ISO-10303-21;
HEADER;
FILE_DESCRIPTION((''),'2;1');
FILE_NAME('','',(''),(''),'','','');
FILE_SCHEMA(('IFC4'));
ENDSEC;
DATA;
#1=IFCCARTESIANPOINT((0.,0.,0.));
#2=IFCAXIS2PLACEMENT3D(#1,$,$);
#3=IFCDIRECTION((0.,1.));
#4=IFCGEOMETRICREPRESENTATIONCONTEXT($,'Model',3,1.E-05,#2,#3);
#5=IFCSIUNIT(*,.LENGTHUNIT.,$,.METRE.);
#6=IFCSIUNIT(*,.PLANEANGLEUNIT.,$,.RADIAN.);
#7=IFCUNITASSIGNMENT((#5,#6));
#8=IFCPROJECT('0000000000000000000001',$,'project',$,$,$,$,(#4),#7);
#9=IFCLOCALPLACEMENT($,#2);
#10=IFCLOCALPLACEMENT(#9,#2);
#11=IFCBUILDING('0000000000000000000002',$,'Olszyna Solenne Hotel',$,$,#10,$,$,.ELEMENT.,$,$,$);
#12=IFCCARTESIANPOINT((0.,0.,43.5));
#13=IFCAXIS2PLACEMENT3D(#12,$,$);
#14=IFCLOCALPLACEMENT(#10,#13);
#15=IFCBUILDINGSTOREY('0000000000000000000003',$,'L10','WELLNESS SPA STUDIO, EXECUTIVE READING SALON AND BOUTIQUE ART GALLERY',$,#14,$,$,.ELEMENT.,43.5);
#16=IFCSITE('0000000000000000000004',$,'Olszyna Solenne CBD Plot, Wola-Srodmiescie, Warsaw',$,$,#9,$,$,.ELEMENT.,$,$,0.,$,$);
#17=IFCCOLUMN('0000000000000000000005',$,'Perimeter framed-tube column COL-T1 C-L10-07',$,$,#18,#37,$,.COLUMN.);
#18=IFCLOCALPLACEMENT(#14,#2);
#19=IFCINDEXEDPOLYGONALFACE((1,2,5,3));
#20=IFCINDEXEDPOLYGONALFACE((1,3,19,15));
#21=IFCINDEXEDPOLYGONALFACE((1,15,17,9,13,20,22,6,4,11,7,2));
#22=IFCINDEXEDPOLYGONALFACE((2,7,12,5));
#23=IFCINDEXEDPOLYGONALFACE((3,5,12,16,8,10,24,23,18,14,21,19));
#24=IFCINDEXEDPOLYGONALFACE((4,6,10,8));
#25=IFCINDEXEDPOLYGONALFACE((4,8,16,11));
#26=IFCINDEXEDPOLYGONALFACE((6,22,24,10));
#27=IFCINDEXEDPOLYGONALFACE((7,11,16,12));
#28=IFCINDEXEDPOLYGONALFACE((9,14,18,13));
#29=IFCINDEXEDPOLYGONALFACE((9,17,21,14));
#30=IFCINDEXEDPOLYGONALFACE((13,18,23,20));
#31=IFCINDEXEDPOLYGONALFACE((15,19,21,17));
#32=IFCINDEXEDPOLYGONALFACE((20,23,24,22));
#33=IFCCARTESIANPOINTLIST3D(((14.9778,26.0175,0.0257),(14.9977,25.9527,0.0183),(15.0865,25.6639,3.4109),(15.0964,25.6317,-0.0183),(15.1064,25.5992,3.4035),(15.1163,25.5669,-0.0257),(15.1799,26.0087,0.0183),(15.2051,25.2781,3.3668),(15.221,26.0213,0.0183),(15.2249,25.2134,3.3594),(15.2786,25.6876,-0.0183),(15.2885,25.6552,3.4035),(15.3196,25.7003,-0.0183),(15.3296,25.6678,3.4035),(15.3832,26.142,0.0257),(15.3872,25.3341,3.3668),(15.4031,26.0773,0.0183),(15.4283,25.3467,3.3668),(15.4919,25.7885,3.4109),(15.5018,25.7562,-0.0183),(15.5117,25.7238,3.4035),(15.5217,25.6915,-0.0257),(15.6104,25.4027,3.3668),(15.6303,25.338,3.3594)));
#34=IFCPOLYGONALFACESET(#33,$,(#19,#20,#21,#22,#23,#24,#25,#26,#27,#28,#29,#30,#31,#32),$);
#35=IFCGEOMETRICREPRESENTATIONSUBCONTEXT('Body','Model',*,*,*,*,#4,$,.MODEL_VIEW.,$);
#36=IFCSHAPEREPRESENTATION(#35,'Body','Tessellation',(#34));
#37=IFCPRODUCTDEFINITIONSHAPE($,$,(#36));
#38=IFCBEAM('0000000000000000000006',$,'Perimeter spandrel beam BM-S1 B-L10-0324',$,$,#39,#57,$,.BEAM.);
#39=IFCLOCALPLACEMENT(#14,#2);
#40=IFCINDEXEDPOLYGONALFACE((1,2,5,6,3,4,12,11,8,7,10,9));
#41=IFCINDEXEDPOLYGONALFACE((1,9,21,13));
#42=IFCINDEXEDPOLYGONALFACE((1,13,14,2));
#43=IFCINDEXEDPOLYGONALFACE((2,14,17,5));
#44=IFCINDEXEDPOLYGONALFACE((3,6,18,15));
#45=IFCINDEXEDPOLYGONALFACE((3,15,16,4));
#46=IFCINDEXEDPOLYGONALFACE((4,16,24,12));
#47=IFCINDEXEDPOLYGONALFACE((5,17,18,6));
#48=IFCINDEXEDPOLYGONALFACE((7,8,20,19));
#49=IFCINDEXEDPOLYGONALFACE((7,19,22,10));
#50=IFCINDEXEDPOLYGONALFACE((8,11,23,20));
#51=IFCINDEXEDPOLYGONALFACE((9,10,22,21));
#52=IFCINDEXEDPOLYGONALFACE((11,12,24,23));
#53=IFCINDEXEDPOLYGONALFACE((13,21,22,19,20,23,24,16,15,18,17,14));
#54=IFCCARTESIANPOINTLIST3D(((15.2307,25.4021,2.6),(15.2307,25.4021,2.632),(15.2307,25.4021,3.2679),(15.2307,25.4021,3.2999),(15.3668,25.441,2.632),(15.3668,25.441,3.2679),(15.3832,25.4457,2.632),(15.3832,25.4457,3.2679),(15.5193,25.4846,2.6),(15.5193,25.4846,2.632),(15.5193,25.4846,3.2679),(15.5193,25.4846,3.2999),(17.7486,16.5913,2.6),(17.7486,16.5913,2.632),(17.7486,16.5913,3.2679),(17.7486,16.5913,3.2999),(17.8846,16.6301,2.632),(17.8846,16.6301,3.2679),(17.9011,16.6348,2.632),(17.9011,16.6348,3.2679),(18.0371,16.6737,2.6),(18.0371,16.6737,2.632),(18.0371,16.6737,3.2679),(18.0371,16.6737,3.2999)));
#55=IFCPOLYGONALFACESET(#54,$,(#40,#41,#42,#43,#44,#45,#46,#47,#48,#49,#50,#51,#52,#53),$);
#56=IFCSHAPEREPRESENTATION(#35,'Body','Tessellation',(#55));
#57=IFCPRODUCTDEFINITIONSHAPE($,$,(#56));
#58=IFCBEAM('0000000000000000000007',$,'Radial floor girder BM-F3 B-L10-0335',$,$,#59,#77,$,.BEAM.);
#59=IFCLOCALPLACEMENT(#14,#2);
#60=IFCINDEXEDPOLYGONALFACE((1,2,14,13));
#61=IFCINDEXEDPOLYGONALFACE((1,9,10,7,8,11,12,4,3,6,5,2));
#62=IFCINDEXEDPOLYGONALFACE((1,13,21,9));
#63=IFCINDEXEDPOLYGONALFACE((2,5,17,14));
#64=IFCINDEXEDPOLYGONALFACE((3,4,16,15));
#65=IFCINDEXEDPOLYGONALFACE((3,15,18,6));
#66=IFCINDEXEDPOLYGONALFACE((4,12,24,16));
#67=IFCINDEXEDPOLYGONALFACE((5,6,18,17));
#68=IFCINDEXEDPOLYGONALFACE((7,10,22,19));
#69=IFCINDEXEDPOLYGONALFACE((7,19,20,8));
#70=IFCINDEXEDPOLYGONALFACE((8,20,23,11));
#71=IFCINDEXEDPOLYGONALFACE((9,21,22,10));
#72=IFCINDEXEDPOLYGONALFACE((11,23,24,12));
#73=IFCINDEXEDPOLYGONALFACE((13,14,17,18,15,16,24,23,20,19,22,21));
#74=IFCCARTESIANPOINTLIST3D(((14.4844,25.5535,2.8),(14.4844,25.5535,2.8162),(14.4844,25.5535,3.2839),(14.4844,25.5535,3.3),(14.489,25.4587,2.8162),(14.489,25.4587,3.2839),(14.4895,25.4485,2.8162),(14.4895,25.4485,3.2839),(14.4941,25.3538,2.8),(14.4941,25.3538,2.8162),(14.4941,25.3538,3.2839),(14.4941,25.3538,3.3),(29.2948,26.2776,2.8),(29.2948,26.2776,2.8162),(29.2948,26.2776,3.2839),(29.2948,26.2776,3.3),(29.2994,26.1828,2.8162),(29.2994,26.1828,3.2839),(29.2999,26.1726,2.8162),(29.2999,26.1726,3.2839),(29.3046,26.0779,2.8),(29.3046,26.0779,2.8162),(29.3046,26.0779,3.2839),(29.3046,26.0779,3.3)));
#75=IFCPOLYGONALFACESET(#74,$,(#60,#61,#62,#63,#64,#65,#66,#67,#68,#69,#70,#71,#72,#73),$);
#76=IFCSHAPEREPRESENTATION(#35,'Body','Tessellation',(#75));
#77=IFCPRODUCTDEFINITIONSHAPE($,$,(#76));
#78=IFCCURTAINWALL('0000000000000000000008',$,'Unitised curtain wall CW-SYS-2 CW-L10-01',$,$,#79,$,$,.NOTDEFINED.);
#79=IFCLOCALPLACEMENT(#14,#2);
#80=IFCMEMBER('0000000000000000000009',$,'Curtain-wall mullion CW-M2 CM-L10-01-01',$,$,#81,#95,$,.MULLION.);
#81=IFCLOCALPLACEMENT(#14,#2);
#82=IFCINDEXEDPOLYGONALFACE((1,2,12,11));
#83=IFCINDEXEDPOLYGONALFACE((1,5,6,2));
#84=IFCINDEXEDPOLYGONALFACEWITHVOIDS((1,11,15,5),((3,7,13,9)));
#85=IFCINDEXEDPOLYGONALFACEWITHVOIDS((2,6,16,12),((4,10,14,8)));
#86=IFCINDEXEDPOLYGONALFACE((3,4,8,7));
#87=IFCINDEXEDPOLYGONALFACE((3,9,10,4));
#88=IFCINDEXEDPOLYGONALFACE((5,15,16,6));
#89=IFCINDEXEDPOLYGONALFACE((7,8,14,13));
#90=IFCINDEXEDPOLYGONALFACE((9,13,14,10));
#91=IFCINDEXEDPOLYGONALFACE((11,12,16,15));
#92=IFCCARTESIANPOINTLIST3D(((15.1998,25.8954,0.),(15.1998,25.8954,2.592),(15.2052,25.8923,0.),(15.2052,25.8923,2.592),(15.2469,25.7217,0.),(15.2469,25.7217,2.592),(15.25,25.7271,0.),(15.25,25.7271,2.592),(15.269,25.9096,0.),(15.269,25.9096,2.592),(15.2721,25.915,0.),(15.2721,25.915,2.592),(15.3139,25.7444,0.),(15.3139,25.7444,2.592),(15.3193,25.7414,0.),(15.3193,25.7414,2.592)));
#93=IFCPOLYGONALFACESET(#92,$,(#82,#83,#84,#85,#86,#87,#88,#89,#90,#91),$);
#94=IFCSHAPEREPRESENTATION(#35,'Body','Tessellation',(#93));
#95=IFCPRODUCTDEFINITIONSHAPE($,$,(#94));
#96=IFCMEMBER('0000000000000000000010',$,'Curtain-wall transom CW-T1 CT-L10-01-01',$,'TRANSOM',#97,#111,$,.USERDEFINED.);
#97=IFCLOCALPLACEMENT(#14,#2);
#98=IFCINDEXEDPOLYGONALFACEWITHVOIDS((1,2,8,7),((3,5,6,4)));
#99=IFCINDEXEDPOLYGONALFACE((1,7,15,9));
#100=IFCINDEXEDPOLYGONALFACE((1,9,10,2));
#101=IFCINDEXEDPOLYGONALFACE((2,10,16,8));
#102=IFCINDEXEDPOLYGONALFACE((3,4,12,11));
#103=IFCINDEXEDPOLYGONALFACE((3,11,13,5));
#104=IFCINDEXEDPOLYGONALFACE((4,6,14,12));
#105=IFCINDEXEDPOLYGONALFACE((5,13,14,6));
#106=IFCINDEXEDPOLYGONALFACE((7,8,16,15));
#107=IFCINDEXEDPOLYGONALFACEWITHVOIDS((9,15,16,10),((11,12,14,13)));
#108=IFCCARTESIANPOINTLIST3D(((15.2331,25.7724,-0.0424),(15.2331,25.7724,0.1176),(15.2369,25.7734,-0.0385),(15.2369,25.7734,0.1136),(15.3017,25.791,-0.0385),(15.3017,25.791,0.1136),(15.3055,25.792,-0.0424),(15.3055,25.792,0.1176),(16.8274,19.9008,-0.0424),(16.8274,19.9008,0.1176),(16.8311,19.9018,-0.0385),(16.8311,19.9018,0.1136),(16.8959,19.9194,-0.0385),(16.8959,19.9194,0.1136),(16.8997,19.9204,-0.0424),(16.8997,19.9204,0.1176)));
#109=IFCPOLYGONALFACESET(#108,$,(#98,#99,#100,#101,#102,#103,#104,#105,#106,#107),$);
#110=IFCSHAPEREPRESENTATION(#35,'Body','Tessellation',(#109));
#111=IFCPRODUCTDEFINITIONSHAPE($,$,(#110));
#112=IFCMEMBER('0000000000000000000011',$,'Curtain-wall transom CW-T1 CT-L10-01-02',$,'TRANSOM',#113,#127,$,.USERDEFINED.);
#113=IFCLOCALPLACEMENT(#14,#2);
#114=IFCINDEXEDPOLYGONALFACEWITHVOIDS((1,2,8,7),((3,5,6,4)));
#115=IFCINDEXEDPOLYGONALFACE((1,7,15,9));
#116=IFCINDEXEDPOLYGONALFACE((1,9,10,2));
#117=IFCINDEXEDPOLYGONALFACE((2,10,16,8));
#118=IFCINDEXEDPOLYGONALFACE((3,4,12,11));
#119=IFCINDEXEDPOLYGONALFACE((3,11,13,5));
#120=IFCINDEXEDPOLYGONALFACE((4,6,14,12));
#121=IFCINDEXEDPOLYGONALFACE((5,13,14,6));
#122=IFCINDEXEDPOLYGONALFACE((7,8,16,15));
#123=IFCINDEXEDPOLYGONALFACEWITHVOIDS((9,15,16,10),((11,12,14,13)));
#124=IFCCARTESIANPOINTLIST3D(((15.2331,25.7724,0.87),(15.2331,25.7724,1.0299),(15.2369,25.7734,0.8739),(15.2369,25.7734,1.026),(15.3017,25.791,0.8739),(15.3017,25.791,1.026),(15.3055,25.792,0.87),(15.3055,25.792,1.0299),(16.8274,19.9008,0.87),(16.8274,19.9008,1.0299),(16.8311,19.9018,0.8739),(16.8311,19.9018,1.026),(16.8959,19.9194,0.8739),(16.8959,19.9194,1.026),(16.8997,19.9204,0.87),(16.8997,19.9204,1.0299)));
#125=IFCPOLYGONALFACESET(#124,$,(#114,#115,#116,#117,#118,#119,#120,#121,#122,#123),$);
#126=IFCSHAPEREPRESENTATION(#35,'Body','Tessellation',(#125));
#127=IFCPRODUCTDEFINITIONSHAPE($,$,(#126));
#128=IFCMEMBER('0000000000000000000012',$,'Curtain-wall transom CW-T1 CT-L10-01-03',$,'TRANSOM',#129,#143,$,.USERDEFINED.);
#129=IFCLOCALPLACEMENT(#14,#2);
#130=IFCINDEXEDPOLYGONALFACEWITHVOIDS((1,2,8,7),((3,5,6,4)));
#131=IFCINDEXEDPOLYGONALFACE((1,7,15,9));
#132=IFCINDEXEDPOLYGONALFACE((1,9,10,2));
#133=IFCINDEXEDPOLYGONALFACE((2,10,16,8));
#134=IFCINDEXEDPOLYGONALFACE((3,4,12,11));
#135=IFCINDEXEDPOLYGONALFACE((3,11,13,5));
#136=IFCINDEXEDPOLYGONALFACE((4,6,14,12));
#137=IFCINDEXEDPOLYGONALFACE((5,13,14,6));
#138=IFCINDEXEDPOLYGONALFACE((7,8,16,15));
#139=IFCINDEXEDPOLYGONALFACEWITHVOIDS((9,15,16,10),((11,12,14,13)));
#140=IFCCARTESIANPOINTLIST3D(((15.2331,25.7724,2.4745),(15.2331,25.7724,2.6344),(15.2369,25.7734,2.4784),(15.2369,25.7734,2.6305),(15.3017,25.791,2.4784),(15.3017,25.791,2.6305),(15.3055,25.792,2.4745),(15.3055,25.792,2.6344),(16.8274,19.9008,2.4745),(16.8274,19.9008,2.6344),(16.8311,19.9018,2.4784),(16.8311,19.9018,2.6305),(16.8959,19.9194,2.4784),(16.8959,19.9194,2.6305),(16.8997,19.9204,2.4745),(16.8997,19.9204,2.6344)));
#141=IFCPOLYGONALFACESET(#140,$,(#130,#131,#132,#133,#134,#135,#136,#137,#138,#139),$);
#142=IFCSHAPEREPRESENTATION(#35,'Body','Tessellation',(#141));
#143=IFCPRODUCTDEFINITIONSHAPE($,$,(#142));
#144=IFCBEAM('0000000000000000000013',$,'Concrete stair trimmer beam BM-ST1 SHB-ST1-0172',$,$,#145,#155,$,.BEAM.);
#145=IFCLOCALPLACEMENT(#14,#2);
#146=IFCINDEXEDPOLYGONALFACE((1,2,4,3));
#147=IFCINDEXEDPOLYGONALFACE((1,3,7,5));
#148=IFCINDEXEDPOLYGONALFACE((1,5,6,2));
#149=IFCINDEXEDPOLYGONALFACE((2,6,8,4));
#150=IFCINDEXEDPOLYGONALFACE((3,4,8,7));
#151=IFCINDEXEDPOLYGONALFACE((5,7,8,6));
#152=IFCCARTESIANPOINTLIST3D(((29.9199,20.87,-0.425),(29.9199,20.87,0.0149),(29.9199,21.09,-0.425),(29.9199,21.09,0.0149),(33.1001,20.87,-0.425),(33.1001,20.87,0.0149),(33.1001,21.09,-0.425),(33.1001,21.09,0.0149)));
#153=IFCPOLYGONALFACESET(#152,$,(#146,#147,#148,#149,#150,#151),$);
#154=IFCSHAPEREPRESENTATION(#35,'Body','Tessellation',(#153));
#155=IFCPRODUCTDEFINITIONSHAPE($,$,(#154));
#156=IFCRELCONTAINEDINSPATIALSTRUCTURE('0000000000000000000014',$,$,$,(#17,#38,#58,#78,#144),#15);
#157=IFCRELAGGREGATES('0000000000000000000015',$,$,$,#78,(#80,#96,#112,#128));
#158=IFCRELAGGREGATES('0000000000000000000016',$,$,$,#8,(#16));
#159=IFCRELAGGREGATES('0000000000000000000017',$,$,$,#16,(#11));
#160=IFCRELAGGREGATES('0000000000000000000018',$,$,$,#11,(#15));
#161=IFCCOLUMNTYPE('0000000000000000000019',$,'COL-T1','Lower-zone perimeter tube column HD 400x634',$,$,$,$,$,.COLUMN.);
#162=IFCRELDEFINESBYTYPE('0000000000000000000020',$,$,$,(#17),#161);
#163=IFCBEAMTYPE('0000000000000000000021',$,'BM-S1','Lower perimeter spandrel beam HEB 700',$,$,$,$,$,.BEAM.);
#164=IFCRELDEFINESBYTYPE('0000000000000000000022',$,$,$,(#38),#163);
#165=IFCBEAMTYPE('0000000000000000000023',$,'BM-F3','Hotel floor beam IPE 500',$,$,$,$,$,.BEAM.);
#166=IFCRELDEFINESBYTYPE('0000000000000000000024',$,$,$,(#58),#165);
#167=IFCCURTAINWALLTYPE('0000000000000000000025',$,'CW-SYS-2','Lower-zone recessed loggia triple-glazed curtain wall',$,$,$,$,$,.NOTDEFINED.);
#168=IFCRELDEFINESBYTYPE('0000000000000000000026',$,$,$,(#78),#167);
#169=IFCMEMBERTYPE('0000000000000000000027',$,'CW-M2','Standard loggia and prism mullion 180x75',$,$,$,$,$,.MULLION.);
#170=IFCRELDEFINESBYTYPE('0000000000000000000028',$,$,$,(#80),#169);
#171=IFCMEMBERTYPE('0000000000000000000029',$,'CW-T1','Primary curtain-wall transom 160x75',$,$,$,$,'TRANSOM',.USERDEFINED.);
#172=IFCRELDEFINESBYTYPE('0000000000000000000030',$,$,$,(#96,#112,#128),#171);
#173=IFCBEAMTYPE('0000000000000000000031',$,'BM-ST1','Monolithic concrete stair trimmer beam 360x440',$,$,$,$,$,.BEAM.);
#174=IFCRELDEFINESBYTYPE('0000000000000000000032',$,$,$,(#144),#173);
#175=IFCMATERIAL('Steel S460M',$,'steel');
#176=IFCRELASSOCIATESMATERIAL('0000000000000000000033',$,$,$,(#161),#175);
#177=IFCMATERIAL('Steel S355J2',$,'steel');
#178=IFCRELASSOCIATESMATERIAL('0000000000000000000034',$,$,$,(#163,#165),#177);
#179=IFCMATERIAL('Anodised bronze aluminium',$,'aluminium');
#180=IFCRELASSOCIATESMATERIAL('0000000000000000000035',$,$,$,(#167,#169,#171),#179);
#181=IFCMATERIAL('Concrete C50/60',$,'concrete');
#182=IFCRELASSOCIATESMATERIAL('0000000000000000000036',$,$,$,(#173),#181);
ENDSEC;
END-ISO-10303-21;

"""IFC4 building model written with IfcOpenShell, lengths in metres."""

from ifc_helpers import new_model, si_unit, direction, frame, origin, origin_2d, place, context, subcontext, project, spatial, rectangle, hollow_rectangle, i_section, extrude, source, transform, mapped, material, material_profile, profile_set, type_object, element, aggregate, save


model = new_model("IFC4")

# Units and contexts
model_context = context("Model", 3, precision=1e-05, world=origin(), true_north=direction((0.0, 1.0)))
body_context = subcontext(model_context, "Body", "Model", "MODEL_VIEW")
ifc_project = project(units=[si_unit("LENGTHUNIT", "METRE"), si_unit("PLANEANGLEUNIT", "RADIAN")], contexts=[model_context])

# Site, building, storey
site_placement = place(None, origin())
site = spatial("IfcSite", under=ifc_project, at=site_placement, Name="Olszyna Solenne CBD Plot, Wola-Srodmiescie, Warsaw", CompositionType="ELEMENT", RefElevation=0.0)
building_placement = place(site_placement, origin())
building = spatial("IfcBuilding", under=site, at=building_placement, Name="Olszyna Solenne Hotel", CompositionType="ELEMENT")
storey_placement = place(building_placement, frame((0.0, 0.0, 43.5)))
storey = spatial("IfcBuildingStorey", under=building, at=storey_placement, Name="L10", Description="WELLNESS SPA STUDIO, EXECUTIVE READING SALON AND BOUTIQUE ART GALLERY", CompositionType="ELEMENT", Elevation=43.5)

# Column
ifc_material_1 = material(Name="Steel S460M", Category="steel")
ifc_material_profile_1 = material_profile(ifc_material_1, i_section(OverallWidth=0.4241, OverallDepth=0.4741, WebThickness=0.043, FlangeThickness=0.0681, at=origin_2d()), Name="HD 400x634", Category="load-bearing")
ifc_profile_set_1 = profile_set([ifc_material_profile_1], Name="Steel S460M")
column_type = type_object("IfcColumnType", Name="COL-T1", Description="Lower-zone perimeter tube column HD 400x634", PredefinedType="COLUMN", material=ifc_profile_set_1)
shared_shape_1 = source(origin(), body_context, "Body", "SweptSolid", [
    extrude(i_section(OverallWidth=0.4241, OverallDepth=0.4741, WebThickness=0.043, FlangeThickness=0.0681, at=origin_2d()), origin(), (0.0, 0.0, 1.0), 3.4053),
])
column_placement = place(storey_placement, frame((15.2498, 25.8545, 0.0), z_axis=(0.031905, -0.103818, 0.994084), x_axis=(0.955879, 0.293761, 0.0)))
element("IfcColumn", 1, at=column_placement, inside=storey, type_object=column_type, Name="Perimeter framed-tube column COL-T1 C-L10-07", PredefinedType="COLUMN", context=body_context, shape_type="MappedRepresentation", body=[
    mapped(shared_shape_1, transform((0.0, 0.0, 0.0), x_axis=(1.0, 0.0, 0.0), y_axis=(0.0, 1.0, 0.0), z_axis=(0.0, 0.0, 1.0), scale=1.0)),
])

# Beams
ifc_material_2 = material(Name="Steel S355J2", Category="steel")
ifc_material_profile_2 = material_profile(ifc_material_2, i_section(OverallWidth=0.3, OverallDepth=0.7, WebThickness=0.0171, FlangeThickness=0.032, at=origin_2d()), Name="HEB 700", Category="load-bearing")
ifc_profile_set_2 = profile_set([ifc_material_profile_2], Name="Steel S355J2")
beam_type_1 = type_object("IfcBeamType", Name="BM-S1", Description="Lower perimeter spandrel beam HEB 700", PredefinedType="BEAM", material=ifc_profile_set_2)
shared_shape_2 = source(origin(), body_context, "Body", "SweptSolid", [
    extrude(i_section(OverallWidth=0.3, OverallDepth=0.7, WebThickness=0.0171, FlangeThickness=0.032, at=origin_2d()), origin(), (0.0, 0.0, 1.0), 9.1636),
])
beam_1_placement = place(storey_placement, frame((15.375, 25.4434, 2.95), z_axis=(0.274767, -0.961511, 0.0), x_axis=(0.961511, 0.274767, 0.0)))
element("IfcBeam", 2, at=beam_1_placement, inside=storey, type_object=beam_type_1, Name="Perimeter spandrel beam BM-S1 B-L10-0324", PredefinedType="BEAM", context=body_context, shape_type="MappedRepresentation", body=[
    mapped(shared_shape_2, transform((0.0, 0.0, 0.0), x_axis=(1.0, 0.0, 0.0), y_axis=(0.0, 1.0, 0.0), z_axis=(0.0, 0.0, 1.0), scale=1.0)),
])
ifc_material_profile_3 = material_profile(ifc_material_2, i_section(OverallWidth=0.2, OverallDepth=0.5, WebThickness=0.0103, FlangeThickness=0.0161, at=origin_2d()), Name="IPE 500", Category="load-bearing")
ifc_profile_set_3 = profile_set([ifc_material_profile_3], Name="Steel S355J2")
beam_type_2 = type_object("IfcBeamType", Name="BM-F3", Description="Hotel floor beam IPE 500", PredefinedType="BEAM", material=ifc_profile_set_3)
shared_shape_3 = source(origin(), body_context, "Body", "SweptSolid", [
    extrude(i_section(OverallWidth=0.2, OverallDepth=0.5, WebThickness=0.0103, FlangeThickness=0.0161, at=origin_2d()), origin(), (0.0, 0.0, 1.0), 14.8281),
])
beam_2_placement = place(storey_placement, frame((14.4893, 25.4536, 3.05), z_axis=(0.998807, 0.048834, 0.0), x_axis=(-0.048834, 0.998807, 0.0)))
element("IfcBeam", 3, at=beam_2_placement, inside=storey, type_object=beam_type_2, Name="Radial floor girder BM-F3 B-L10-0335", PredefinedType="BEAM", context=body_context, shape_type="MappedRepresentation", body=[
    mapped(shared_shape_3, transform((0.0, 0.0, 0.0), x_axis=(1.0, 0.0, 0.0), y_axis=(0.0, 1.0, 0.0), z_axis=(0.0, 0.0, 1.0), scale=1.0)),
])

# Curtain wall, members
ifc_material_3 = material(Name="Anodised bronze aluminium", Category="aluminium")
curtain_wall_type = type_object("IfcCurtainWallType", Name="CW-SYS-2", Description="Lower-zone recessed loggia triple-glazed curtain wall", PredefinedType="NOTDEFINED", material=ifc_material_3)
curtain_wall_placement = place(storey_placement, origin())
curtain_wall = element("IfcCurtainWall", 4, at=curtain_wall_placement, inside=storey, type_object=curtain_wall_type, Name="Unitised curtain wall CW-SYS-2 CW-L10-01", PredefinedType="NOTDEFINED")
ifc_material_profile_4 = material_profile(ifc_material_3, hollow_rectangle(XDim=0.075, YDim=0.1799, WallThickness=0.0044, at=origin_2d()), Name="MULL 180x75x4.5", Category="load-bearing")
ifc_profile_set_4 = profile_set([ifc_material_profile_4], Name="Anodised bronze aluminium")
member_type_1 = type_object("IfcMemberType", Name="CW-M2", Description="Standard loggia and prism mullion 180x75", PredefinedType="MULLION", material=ifc_profile_set_4)
shared_shape_4 = source(origin(), body_context, "Body", "SweptSolid", [
    extrude(hollow_rectangle(XDim=0.075, YDim=0.1799, WallThickness=0.0044, at=origin_2d()), origin(), (0.0, 0.0, 1.0), 2.592),
])
member_1_placement = place(storey_placement, frame((15.2595, 25.8184, 0.0), z_axis=(0.0, 0.0, 1.0), x_axis=(0.965058, 0.262038, 0.0)))
member_1 = element("IfcMember", 5, at=member_1_placement, type_object=member_type_1, Name="Curtain-wall mullion CW-M2 CM-L10-01-01", PredefinedType="MULLION", context=body_context, shape_type="MappedRepresentation", body=[
    mapped(shared_shape_4, transform((0.0, 0.0, 0.0), x_axis=(1.0, 0.0, 0.0), y_axis=(0.0, 1.0, 0.0), z_axis=(0.0, 0.0, 1.0), scale=1.0)),
])
ifc_material_profile_5 = material_profile(ifc_material_3, hollow_rectangle(XDim=0.075, YDim=0.1599, WallThickness=0.0039, at=origin_2d()), Name="TRAN 160x75x4", Category="load-bearing")
ifc_profile_set_5 = profile_set([ifc_material_profile_5], Name="Anodised bronze aluminium")
member_type_2 = type_object("IfcMemberType", Name="CW-T1", Description="Primary curtain-wall transom 160x75", ElementType="TRANSOM", PredefinedType="USERDEFINED", material=ifc_profile_set_5)
shared_shape_5 = source(origin(), body_context, "Body", "SweptSolid", [
    extrude(hollow_rectangle(XDim=0.075, YDim=0.1599, WallThickness=0.0039, at=origin_2d()), origin(), (0.0, 0.0, 1.0), 6.0842),
])
member_2_placement = place(storey_placement, frame((15.2693, 25.7822, 0.0376), z_axis=(0.262031, -0.96506, 0.0), x_axis=(0.96506, 0.262031, 0.0)))
member_2 = element("IfcMember", 6, at=member_2_placement, type_object=member_type_2, Name="Curtain-wall transom CW-T1 CT-L10-01-01", ObjectType="TRANSOM", PredefinedType="USERDEFINED", context=body_context, shape_type="MappedRepresentation", body=[
    mapped(shared_shape_5, transform((0.0, 0.0, 0.0), x_axis=(1.0, 0.0, 0.0), y_axis=(0.0, 1.0, 0.0), z_axis=(0.0, 0.0, 1.0), scale=1.0)),
])
member_3_placement = place(storey_placement, frame((15.2693, 25.7822, 0.95), z_axis=(0.262031, -0.96506, 0.0), x_axis=(0.96506, 0.262031, 0.0)))
member_3 = element("IfcMember", 7, at=member_3_placement, type_object=member_type_2, Name="Curtain-wall transom CW-T1 CT-L10-01-02", ObjectType="TRANSOM", PredefinedType="USERDEFINED", context=body_context, shape_type="MappedRepresentation", body=[
    mapped(shared_shape_5, transform((0.0, 0.0, 0.0), x_axis=(1.0, 0.0, 0.0), y_axis=(0.0, 1.0, 0.0), z_axis=(0.0, 0.0, 1.0), scale=1.0)),
])
member_4_placement = place(storey_placement, frame((15.2693, 25.7822, 2.5544), z_axis=(0.262031, -0.96506, 0.0), x_axis=(0.96506, 0.262031, 0.0)))
member_4 = element("IfcMember", 8, at=member_4_placement, type_object=member_type_2, Name="Curtain-wall transom CW-T1 CT-L10-01-03", ObjectType="TRANSOM", PredefinedType="USERDEFINED", context=body_context, shape_type="MappedRepresentation", body=[
    mapped(shared_shape_5, transform((0.0, 0.0, 0.0), x_axis=(1.0, 0.0, 0.0), y_axis=(0.0, 1.0, 0.0), z_axis=(0.0, 0.0, 1.0), scale=1.0)),
])

# Beam
ifc_material_4 = material(Name="Concrete C50/60", Category="concrete")
ifc_material_profile_6 = material_profile(ifc_material_4, rectangle(XDim=0.22, YDim=0.4399, at=origin_2d()), Name="RC 220x440", Category="load-bearing")
ifc_profile_set_6 = profile_set([ifc_material_profile_6], Name="Concrete C50/60")
beam_type_3 = type_object("IfcBeamType", Name="BM-ST1", Description="Monolithic concrete stair trimmer beam 360x440", PredefinedType="BEAM", material=ifc_profile_set_6)
shared_shape_6 = source(origin(), body_context, "Body", "SweptSolid", [
    extrude(rectangle(XDim=0.22, YDim=0.4399, at=origin_2d()), origin(), (0.0, 0.0, 1.0), 3.1802),
])
beam_3_placement = place(storey_placement, frame((33.1001, 20.98, -0.2051), z_axis=(-1.0, 0.0, 0.0), x_axis=(0.0, -1.0, 0.0)))
element("IfcBeam", 9, at=beam_3_placement, inside=storey, type_object=beam_type_3, Name="Concrete stair trimmer beam BM-ST1 SHB-ST1-0172", PredefinedType="BEAM", context=body_context, shape_type="MappedRepresentation", body=[
    mapped(shared_shape_6, transform((0.0, 0.0, 0.0), x_axis=(1.0, 0.0, 0.0), y_axis=(0.0, 1.0, 0.0), z_axis=(0.0, 0.0, 1.0), scale=1.0)),
])

aggregate(curtain_wall, [member_1, member_2, member_3, member_4])

save(model, "model.ifc")
